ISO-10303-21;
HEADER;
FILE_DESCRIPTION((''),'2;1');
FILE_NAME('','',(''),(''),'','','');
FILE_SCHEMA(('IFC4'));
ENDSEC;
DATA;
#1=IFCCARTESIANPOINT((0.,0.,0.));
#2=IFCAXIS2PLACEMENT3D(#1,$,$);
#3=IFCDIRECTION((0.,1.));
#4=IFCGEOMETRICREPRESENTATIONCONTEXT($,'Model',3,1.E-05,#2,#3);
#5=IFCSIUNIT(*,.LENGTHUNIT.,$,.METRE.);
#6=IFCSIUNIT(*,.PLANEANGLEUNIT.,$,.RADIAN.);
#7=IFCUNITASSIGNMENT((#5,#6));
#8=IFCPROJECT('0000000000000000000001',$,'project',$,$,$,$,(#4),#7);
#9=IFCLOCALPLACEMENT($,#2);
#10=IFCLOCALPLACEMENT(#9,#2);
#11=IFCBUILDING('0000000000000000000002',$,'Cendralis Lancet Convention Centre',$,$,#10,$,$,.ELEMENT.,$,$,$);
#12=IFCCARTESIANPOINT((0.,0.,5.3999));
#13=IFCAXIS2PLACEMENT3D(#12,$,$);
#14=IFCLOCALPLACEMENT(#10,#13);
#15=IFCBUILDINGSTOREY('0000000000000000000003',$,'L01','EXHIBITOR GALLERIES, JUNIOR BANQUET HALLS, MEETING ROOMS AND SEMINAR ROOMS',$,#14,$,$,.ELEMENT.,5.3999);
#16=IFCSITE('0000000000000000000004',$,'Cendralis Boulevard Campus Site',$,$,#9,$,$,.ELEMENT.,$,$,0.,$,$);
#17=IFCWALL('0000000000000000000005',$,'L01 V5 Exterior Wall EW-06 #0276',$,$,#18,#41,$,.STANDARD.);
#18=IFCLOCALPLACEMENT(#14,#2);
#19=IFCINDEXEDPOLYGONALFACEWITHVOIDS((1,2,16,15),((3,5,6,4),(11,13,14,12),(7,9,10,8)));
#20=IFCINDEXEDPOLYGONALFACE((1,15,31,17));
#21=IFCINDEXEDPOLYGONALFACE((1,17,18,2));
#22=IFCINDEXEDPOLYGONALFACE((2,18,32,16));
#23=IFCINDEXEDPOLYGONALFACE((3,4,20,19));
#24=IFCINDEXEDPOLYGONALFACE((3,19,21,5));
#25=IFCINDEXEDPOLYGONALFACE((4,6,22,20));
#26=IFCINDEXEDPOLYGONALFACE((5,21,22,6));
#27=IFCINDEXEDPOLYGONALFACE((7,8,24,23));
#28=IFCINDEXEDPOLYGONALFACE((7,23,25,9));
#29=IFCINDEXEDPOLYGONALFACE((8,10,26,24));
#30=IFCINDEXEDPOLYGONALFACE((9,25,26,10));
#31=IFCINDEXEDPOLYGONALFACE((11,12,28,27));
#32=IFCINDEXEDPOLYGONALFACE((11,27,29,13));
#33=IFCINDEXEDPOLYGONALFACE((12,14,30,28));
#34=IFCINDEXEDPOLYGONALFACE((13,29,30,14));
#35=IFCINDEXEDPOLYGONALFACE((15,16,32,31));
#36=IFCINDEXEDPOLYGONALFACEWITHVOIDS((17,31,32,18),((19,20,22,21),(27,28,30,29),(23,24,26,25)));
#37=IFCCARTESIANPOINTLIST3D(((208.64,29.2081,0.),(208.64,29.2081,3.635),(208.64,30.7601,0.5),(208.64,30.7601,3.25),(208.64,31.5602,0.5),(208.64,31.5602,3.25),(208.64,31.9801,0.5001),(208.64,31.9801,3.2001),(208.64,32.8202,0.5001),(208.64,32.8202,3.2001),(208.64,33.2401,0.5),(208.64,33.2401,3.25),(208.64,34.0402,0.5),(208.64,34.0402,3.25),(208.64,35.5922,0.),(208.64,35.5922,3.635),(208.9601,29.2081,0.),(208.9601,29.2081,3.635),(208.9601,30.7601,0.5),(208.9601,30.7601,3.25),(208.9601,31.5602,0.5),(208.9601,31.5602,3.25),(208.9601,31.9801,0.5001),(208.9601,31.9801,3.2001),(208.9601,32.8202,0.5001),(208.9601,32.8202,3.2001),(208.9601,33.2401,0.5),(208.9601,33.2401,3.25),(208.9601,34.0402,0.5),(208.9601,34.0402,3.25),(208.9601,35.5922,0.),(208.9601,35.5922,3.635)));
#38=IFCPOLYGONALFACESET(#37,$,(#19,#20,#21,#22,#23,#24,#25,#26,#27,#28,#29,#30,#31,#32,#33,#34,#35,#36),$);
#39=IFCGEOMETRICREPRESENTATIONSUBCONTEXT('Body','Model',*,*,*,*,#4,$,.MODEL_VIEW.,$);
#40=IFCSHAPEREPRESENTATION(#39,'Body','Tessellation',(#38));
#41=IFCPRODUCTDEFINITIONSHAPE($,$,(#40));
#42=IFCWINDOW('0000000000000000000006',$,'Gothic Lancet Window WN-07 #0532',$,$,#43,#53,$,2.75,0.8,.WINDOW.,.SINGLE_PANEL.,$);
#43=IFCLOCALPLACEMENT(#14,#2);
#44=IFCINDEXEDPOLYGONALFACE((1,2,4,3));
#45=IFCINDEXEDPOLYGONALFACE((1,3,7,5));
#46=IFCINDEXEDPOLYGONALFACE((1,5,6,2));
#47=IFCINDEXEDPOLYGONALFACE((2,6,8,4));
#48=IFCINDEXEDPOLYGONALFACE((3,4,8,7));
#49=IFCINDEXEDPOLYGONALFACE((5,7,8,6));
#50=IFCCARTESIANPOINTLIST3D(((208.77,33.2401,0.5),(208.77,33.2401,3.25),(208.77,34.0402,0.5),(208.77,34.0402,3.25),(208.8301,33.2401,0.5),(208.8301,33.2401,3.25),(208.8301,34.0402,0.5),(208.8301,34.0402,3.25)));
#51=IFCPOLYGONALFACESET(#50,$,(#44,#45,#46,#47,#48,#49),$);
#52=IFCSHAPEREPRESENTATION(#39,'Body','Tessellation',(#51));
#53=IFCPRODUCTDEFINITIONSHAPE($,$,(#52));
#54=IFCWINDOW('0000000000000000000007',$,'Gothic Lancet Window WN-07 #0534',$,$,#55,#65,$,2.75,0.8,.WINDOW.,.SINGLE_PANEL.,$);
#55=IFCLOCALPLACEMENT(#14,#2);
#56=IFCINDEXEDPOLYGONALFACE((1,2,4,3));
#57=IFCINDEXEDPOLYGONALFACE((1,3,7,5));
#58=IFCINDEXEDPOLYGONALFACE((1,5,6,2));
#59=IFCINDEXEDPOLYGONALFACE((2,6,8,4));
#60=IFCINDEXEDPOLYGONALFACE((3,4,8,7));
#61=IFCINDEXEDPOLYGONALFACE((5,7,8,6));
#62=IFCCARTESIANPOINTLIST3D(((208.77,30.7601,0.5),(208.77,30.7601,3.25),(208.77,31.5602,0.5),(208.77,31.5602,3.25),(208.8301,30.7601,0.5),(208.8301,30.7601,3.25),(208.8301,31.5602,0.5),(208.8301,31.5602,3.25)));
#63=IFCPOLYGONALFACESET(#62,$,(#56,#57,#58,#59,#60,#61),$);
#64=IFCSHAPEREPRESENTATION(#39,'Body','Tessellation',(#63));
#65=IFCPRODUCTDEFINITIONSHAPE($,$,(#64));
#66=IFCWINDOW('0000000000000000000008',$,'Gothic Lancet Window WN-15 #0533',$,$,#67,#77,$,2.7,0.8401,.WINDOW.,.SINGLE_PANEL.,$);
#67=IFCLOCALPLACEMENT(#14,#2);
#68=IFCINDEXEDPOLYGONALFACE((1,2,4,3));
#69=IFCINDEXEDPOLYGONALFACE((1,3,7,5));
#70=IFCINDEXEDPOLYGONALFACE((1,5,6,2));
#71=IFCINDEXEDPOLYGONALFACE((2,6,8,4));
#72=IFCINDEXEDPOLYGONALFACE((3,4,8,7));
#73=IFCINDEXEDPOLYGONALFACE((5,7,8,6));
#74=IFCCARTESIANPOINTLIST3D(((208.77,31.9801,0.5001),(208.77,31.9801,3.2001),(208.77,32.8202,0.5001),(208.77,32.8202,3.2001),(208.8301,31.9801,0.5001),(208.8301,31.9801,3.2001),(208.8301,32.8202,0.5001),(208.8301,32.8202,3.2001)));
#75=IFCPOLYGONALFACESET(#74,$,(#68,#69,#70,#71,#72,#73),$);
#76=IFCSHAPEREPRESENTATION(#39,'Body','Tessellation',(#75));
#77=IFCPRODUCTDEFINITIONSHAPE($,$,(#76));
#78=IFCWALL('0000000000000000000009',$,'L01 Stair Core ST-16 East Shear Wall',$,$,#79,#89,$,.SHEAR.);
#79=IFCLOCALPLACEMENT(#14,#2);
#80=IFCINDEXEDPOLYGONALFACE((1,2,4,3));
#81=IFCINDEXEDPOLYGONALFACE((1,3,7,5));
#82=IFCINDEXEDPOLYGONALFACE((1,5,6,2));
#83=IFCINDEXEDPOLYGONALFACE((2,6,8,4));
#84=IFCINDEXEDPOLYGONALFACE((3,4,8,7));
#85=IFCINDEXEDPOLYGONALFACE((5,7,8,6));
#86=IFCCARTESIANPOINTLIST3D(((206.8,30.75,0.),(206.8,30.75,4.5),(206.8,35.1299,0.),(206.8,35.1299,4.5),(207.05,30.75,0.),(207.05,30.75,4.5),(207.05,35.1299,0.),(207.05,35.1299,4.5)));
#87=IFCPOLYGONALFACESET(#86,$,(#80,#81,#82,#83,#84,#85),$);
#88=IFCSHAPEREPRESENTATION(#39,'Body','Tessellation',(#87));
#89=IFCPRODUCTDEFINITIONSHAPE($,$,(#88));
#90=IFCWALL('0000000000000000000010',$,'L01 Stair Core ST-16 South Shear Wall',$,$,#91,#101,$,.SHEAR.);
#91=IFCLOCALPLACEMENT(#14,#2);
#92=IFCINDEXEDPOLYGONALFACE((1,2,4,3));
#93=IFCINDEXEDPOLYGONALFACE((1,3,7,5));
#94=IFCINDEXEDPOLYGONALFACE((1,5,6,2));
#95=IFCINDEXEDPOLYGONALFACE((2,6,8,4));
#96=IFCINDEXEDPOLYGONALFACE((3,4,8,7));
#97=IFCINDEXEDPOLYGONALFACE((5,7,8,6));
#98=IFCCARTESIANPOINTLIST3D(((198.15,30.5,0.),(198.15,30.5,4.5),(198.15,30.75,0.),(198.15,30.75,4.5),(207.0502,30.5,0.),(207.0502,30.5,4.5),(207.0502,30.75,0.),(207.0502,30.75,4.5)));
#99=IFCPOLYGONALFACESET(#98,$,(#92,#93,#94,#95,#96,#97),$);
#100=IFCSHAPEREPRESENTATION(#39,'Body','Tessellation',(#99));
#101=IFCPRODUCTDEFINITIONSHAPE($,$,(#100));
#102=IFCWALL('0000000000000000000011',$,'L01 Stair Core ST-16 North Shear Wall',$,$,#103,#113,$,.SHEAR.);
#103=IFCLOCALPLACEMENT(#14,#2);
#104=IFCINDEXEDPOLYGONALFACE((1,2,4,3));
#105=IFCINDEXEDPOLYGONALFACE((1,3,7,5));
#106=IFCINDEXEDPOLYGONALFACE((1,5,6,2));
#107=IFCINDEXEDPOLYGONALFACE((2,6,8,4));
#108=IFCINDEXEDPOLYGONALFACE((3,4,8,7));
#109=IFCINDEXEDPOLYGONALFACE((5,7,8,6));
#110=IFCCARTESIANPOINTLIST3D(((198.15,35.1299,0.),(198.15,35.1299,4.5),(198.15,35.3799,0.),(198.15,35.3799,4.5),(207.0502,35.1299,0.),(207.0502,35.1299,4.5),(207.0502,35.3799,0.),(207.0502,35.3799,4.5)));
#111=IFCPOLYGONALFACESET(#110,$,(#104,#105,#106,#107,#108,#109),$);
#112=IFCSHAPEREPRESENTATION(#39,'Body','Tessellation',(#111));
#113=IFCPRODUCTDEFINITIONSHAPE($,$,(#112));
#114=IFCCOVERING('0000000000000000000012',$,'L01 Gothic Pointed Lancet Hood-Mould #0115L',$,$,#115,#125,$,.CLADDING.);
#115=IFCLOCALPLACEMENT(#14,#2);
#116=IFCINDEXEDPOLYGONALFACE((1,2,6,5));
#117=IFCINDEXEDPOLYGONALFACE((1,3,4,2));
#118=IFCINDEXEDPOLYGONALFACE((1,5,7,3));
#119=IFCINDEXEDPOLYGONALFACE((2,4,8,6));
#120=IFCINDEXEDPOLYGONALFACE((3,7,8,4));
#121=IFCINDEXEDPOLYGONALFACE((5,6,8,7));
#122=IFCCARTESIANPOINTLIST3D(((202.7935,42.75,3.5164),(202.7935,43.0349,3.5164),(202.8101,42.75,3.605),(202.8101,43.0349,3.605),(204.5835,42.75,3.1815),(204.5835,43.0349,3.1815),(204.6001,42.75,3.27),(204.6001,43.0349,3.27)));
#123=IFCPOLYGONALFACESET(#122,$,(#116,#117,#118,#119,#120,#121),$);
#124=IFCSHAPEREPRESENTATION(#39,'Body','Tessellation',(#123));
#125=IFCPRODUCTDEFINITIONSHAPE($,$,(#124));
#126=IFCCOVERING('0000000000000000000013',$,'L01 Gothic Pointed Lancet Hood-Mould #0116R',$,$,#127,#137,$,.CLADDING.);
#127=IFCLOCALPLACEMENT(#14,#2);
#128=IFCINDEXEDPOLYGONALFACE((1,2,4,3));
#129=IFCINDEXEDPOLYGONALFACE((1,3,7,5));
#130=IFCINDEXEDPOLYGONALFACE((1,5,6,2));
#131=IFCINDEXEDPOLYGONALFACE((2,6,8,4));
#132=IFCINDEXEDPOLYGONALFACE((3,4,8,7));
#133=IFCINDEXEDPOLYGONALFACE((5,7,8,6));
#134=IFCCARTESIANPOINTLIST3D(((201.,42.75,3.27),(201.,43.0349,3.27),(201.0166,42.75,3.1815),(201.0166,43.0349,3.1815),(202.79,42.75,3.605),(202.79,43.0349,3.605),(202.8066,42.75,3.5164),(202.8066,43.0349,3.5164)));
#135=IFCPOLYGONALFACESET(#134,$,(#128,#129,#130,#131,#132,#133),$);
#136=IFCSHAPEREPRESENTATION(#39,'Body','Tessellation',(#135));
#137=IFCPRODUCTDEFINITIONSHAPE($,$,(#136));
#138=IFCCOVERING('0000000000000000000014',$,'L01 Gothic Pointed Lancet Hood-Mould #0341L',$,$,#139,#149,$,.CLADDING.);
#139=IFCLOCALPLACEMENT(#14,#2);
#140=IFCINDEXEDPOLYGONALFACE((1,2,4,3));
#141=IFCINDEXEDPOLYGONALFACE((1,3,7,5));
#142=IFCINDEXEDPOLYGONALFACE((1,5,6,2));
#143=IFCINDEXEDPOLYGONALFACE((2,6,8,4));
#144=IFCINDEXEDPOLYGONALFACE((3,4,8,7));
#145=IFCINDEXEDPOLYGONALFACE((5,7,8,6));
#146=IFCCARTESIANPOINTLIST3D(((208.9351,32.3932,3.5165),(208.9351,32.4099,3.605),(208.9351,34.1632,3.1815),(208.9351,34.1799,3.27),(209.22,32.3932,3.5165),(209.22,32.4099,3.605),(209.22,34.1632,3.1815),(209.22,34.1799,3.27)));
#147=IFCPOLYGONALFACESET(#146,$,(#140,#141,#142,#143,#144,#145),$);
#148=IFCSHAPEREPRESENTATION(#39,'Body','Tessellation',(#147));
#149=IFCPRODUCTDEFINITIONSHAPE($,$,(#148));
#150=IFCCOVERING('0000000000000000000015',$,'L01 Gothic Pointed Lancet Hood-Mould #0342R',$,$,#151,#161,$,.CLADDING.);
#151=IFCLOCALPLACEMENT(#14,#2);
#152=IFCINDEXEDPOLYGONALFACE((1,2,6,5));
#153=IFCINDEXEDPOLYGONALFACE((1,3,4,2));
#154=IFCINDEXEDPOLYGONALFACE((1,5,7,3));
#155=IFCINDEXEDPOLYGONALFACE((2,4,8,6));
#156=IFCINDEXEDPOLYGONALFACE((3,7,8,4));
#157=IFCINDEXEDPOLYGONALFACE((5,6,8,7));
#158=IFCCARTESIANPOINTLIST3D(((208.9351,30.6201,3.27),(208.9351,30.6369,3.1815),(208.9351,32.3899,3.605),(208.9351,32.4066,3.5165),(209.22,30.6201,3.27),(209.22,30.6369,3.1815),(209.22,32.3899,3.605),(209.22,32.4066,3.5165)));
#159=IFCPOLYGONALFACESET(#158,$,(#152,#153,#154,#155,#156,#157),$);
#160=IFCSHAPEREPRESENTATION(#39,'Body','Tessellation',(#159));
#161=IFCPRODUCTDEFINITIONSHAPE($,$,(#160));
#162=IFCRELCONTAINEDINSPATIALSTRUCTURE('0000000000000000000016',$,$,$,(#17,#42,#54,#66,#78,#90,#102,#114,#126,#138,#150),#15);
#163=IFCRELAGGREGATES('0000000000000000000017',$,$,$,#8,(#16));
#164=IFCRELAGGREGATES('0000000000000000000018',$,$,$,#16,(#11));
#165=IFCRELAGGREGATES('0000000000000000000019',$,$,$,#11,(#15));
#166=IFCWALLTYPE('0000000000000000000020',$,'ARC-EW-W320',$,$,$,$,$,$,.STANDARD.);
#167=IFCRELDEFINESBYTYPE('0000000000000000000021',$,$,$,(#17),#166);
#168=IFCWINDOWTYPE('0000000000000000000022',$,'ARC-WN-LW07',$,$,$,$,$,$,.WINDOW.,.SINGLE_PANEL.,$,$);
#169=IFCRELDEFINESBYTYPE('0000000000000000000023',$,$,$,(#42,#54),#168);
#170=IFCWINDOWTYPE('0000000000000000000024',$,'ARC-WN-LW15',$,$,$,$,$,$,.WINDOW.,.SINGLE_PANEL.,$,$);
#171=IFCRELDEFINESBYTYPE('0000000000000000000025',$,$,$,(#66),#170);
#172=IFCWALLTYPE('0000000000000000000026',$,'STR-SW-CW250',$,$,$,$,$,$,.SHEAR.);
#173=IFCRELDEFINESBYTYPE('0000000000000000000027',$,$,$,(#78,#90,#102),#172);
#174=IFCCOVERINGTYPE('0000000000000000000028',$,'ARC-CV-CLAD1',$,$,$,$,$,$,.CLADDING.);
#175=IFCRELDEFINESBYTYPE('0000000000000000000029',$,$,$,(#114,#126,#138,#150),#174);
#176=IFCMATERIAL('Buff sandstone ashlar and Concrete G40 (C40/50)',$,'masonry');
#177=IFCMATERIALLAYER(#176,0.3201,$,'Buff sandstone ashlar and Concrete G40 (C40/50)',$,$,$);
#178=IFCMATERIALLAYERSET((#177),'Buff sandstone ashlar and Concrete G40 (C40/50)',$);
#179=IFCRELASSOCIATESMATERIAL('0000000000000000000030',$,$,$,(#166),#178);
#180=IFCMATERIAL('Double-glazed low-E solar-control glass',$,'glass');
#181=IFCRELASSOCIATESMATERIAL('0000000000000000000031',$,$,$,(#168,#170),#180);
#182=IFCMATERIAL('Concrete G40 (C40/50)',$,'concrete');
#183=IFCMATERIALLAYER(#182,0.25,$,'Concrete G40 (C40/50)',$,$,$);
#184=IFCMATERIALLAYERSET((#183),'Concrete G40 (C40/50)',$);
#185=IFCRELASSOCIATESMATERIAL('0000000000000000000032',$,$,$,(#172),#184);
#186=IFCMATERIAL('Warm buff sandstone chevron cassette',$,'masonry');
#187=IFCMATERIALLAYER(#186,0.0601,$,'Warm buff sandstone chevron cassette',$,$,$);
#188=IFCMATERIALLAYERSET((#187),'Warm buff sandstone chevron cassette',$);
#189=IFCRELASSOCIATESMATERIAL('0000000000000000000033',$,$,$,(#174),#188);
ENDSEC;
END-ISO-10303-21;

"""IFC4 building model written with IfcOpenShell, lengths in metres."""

from ifc_helpers import new_model, si_unit, direction, frame, frame_2d, origin, place, context, subcontext, project, spatial, polyline, rectangle, outline, extrude, material, layer, layer_set, type_object, element, fill, save


model = new_model("IFC4")

# Units and contexts
model_context = context("Model", 3, precision=1e-05, world=origin(), true_north=direction((0.0, 1.0)))
body_context = subcontext(model_context, "Body", "Model", "MODEL_VIEW")
ifc_project = project(units=[si_unit("LENGTHUNIT", "METRE"), si_unit("PLANEANGLEUNIT", "RADIAN")], contexts=[model_context])

# Site, building, storey
site_placement = place(None, origin())
site = spatial("IfcSite", under=ifc_project, at=site_placement, Name="Cendralis Boulevard Campus Site", CompositionType="ELEMENT", RefElevation=0.0)
building_placement = place(site_placement, origin())
building = spatial("IfcBuilding", under=site, at=building_placement, Name="Cendralis Lancet Convention Centre", CompositionType="ELEMENT")
storey_placement = place(building_placement, frame((0.0, 0.0, 5.3999)))
storey = spatial("IfcBuildingStorey", under=building, at=storey_placement, Name="L01", Description="EXHIBITOR GALLERIES, JUNIOR BANQUET HALLS, MEETING ROOMS AND SEMINAR ROOMS", CompositionType="ELEMENT", Elevation=5.3999)

# Shared definitions
ifc_material_1 = material(Name="Concrete G40 (C40/50)", Category="concrete")

# Wall, openings, windows
ifc_material_2 = material(Name="Buff sandstone ashlar and Concrete G40 (C40/50)", Category="masonry")
ifc_layer_1 = layer(ifc_material_2, 0.3201, Name="Buff sandstone ashlar and Concrete G40 (C40/50)")
ifc_layer_set_1 = layer_set([ifc_layer_1], Name="Buff sandstone ashlar and Concrete G40 (C40/50)")
wall_type_1 = type_object("IfcWallType", Name="ARC-EW-W320", PredefinedType="STANDARD", material=ifc_layer_set_1)
ifc_material_3 = material(Name="Double-glazed low-E solar-control glass", Category="glass")
window_type_1 = type_object("IfcWindowType", Name="ARC-WN-LW07", PartitioningType="SINGLE_PANEL", PredefinedType="WINDOW", material=ifc_material_3)
wall_1_placement = place(storey_placement, frame((208.8, 35.592, 0.0), z_axis=(0.0, 0.0, 1.0), x_axis=(0.0, -1.0, 0.0)))
wall_1 = element("IfcWall", 1, at=wall_1_placement, inside=storey, type_object=wall_type_1, Name="L01 V5 Exterior Wall EW-06 #0276", PredefinedType="STANDARD", context=body_context, shape_type="SweptSolid", body=[
    extrude(rectangle(XDim=6.384, YDim=0.3201, at=frame_2d((3.1919, 0.0))), origin(), (0.0, 0.0, 1.0), 3.635),
])
opening_1_placement = place(wall_1_placement, frame((1.552, 0.0, 0.5)))
opening_1 = element("IfcOpeningElement", 2, at=opening_1_placement, cuts=wall_1, PredefinedType="OPENING", context=body_context, shape_type="SweptSolid", body=[
    extrude(rectangle(XDim=0.8, YDim=2.75, at=frame_2d((0.3999, 1.375))), frame((0.0, 0.1699, 0.0), z_axis=(0.0, -1.0, 0.0), x_axis=(1.0, 0.0, 0.0)), (0.0, 0.0, 1.0), 0.3401),
])
opening_2_placement = place(wall_1_placement, frame((2.772, 0.0, 0.5)))
opening_2 = element("IfcOpeningElement", 3, at=opening_2_placement, cuts=wall_1, PredefinedType="OPENING", context=body_context, shape_type="SweptSolid", body=[
    extrude(rectangle(XDim=0.8401, YDim=2.7, at=frame_2d((0.4199, 1.3501))), frame((0.0, 0.1699, 0.0), z_axis=(0.0, -1.0, 0.0), x_axis=(1.0, 0.0, 0.0)), (0.0, 0.0, 1.0), 0.3401),
])
opening_3_placement = place(wall_1_placement, frame((4.032, 0.0, 0.5)))
opening_3 = element("IfcOpeningElement", 4, at=opening_3_placement, cuts=wall_1, PredefinedType="OPENING", context=body_context, shape_type="SweptSolid", body=[
    extrude(rectangle(XDim=0.8, YDim=2.75, at=frame_2d((0.3999, 1.375))), frame((0.0, 0.1699, 0.0), z_axis=(0.0, -1.0, 0.0), x_axis=(1.0, 0.0, 0.0)), (0.0, 0.0, 1.0), 0.3401),
])
window_1_placement = place(opening_1_placement, origin())
window_1 = element("IfcWindow", 5, at=window_1_placement, inside=storey, type_object=window_type_1, Name="Gothic Lancet Window WN-07 #0532", OverallHeight=2.75, OverallWidth=0.8, PartitioningType="SINGLE_PANEL", PredefinedType="WINDOW", context=body_context, shape_type="SweptSolid", body=[
    extrude(rectangle(XDim=0.8, YDim=2.75, at=frame_2d((0.3999, 1.375))), frame((0.0, 0.03, 0.0), z_axis=(0.0, -1.0, 0.0), x_axis=(1.0, 0.0, 0.0)), (0.0, 0.0, 1.0), 0.0601),
])
fill(opening_1, window_1)
window_2_placement = place(opening_3_placement, origin())
window_2 = element("IfcWindow", 6, at=window_2_placement, inside=storey, type_object=window_type_1, Name="Gothic Lancet Window WN-07 #0534", OverallHeight=2.75, OverallWidth=0.8, PartitioningType="SINGLE_PANEL", PredefinedType="WINDOW", context=body_context, shape_type="SweptSolid", body=[
    extrude(rectangle(XDim=0.8, YDim=2.75, at=frame_2d((0.3999, 1.375))), frame((0.0, 0.03, 0.0), z_axis=(0.0, -1.0, 0.0), x_axis=(1.0, 0.0, 0.0)), (0.0, 0.0, 1.0), 0.0601),
])
fill(opening_3, window_2)
window_type_2 = type_object("IfcWindowType", Name="ARC-WN-LW15", PartitioningType="SINGLE_PANEL", PredefinedType="WINDOW", material=ifc_material_3)
window_3_placement = place(opening_2_placement, origin())
window_3 = element("IfcWindow", 7, at=window_3_placement, inside=storey, type_object=window_type_2, Name="Gothic Lancet Window WN-15 #0533", OverallHeight=2.7, OverallWidth=0.8401, PartitioningType="SINGLE_PANEL", PredefinedType="WINDOW", context=body_context, shape_type="SweptSolid", body=[
    extrude(rectangle(XDim=0.8401, YDim=2.7, at=frame_2d((0.4199, 1.3501))), frame((0.0, 0.03, 0.0), z_axis=(0.0, -1.0, 0.0), x_axis=(1.0, 0.0, 0.0)), (0.0, 0.0, 1.0), 0.0601),
])
fill(opening_2, window_3)

# Shared definitions
ifc_layer_2 = layer(ifc_material_1, 0.25, Name="Concrete G40 (C40/50)")
ifc_layer_set_2 = layer_set([ifc_layer_2], Name="Concrete G40 (C40/50)")
wall_type_2 = type_object("IfcWallType", Name="STR-SW-CW250", PredefinedType="SHEAR", material=ifc_layer_set_2)

# Walls
wall_2_placement = place(storey_placement, frame((206.925, 30.75, 0.0), z_axis=(0.0, 0.0, 1.0), x_axis=(0.0, 1.0, 0.0)))
element("IfcWall", 8, at=wall_2_placement, inside=storey, type_object=wall_type_2, Name="L01 Stair Core ST-16 East Shear Wall", PredefinedType="SHEAR", context=body_context, shape_type="SweptSolid", body=[
    extrude(rectangle(XDim=4.3799, YDim=0.25, at=frame_2d((2.1899, 0.0))), origin(), (0.0, 0.0, 1.0), 4.5),
])
for number, where, z_axis, x_axis, name in (
    (9, (198.1499, 30.625, 0.0), (0.0, 0.0, 1.0), (1.0, 0.0, 0.0), "L01 Stair Core ST-16 South Shear Wall"),
    (10, (198.1499, 35.2549, 0.0), (0.0, 0.0, 1.0), (1.0, 0.0, 0.0), "L01 Stair Core ST-16 North Shear Wall"),
):
    element("IfcWall", number, at=place(storey_placement, frame(where, z_axis=z_axis, x_axis=x_axis)), inside=storey, type_object=wall_type_2, Name=name, PredefinedType="SHEAR", context=body_context, shape_type="SweptSolid", body=[
        extrude(rectangle(XDim=8.9001, YDim=0.25, at=frame_2d((4.4502, 0.0))), origin(), (0.0, 0.0, 1.0), 4.5),
    ])

# Coverings
ifc_material_4 = material(Name="Warm buff sandstone chevron cassette", Category="masonry")
ifc_layer_3 = layer(ifc_material_4, 0.0601, Name="Warm buff sandstone chevron cassette")
ifc_layer_set_3 = layer_set([ifc_layer_3], Name="Warm buff sandstone chevron cassette")
covering_type = type_object("IfcCoveringType", Name="ARC-CV-CLAD1", PredefinedType="CLADDING", material=ifc_layer_set_3)
for number, where, z_axis, x_axis, name in (
    (11, (204.6001, 42.75, 3.27), (0.183932, 0.0, 0.982939), (0.0, 1.0, 0.0), "L01 Gothic Pointed Lancet Hood-Mould #0115L"),
    (12, (202.79, 42.75, 3.605), (-0.183932, 0.0, 0.982939), (0.0, 1.0, 0.0), "L01 Gothic Pointed Lancet Hood-Mould #0116R"),
):
    element("IfcCovering", number, at=place(storey_placement, frame(where, z_axis=z_axis, x_axis=x_axis)), inside=storey, type_object=covering_type, Name=name, PredefinedType="CLADDING", context=body_context, shape_type="SweptSolid", body=[
        extrude(outline(polyline([(0.0, 0.0), (0.2849, 0.0), (0.2849, 1.8211), (0.0, 1.8211), (0.0, 0.0)])), origin(), (0.0, 0.0, -1.0), 0.0901),
    ])
covering_1_placement = place(storey_placement, frame((209.22, 34.1799, 3.27), z_axis=(0.0, 0.185941, 0.982561), x_axis=(-1.0, 0.0, 0.0)))
element("IfcCovering", 13, at=covering_1_placement, inside=storey, type_object=covering_type, Name="L01 Gothic Pointed Lancet Hood-Mould #0341L", PredefinedType="CLADDING", context=body_context, shape_type="SweptSolid", body=[
    extrude(outline(polyline([(0.0, 0.0), (0.2849, 0.0), (0.2849, 1.8014), (0.0, 1.8014), (0.0, 0.0)])), origin(), (0.0, 0.0, -1.0), 0.0901),
])
covering_2_placement = place(storey_placement, frame((209.22, 32.3899, 3.605), z_axis=(0.0, -0.185966, 0.982556), x_axis=(-1.0, 0.0, 0.0)))
element("IfcCovering", 14, at=covering_2_placement, inside=storey, type_object=covering_type, Name="L01 Gothic Pointed Lancet Hood-Mould #0342R", PredefinedType="CLADDING", context=body_context, shape_type="SweptSolid", body=[
    extrude(outline(polyline([(0.0, 0.0), (0.2849, 0.0), (0.2849, 1.8012), (0.0, 1.8012), (0.0, 0.0)])), origin(), (0.0, 0.0, -1.0), 0.0901),
])

save(model, "model.ifc")
